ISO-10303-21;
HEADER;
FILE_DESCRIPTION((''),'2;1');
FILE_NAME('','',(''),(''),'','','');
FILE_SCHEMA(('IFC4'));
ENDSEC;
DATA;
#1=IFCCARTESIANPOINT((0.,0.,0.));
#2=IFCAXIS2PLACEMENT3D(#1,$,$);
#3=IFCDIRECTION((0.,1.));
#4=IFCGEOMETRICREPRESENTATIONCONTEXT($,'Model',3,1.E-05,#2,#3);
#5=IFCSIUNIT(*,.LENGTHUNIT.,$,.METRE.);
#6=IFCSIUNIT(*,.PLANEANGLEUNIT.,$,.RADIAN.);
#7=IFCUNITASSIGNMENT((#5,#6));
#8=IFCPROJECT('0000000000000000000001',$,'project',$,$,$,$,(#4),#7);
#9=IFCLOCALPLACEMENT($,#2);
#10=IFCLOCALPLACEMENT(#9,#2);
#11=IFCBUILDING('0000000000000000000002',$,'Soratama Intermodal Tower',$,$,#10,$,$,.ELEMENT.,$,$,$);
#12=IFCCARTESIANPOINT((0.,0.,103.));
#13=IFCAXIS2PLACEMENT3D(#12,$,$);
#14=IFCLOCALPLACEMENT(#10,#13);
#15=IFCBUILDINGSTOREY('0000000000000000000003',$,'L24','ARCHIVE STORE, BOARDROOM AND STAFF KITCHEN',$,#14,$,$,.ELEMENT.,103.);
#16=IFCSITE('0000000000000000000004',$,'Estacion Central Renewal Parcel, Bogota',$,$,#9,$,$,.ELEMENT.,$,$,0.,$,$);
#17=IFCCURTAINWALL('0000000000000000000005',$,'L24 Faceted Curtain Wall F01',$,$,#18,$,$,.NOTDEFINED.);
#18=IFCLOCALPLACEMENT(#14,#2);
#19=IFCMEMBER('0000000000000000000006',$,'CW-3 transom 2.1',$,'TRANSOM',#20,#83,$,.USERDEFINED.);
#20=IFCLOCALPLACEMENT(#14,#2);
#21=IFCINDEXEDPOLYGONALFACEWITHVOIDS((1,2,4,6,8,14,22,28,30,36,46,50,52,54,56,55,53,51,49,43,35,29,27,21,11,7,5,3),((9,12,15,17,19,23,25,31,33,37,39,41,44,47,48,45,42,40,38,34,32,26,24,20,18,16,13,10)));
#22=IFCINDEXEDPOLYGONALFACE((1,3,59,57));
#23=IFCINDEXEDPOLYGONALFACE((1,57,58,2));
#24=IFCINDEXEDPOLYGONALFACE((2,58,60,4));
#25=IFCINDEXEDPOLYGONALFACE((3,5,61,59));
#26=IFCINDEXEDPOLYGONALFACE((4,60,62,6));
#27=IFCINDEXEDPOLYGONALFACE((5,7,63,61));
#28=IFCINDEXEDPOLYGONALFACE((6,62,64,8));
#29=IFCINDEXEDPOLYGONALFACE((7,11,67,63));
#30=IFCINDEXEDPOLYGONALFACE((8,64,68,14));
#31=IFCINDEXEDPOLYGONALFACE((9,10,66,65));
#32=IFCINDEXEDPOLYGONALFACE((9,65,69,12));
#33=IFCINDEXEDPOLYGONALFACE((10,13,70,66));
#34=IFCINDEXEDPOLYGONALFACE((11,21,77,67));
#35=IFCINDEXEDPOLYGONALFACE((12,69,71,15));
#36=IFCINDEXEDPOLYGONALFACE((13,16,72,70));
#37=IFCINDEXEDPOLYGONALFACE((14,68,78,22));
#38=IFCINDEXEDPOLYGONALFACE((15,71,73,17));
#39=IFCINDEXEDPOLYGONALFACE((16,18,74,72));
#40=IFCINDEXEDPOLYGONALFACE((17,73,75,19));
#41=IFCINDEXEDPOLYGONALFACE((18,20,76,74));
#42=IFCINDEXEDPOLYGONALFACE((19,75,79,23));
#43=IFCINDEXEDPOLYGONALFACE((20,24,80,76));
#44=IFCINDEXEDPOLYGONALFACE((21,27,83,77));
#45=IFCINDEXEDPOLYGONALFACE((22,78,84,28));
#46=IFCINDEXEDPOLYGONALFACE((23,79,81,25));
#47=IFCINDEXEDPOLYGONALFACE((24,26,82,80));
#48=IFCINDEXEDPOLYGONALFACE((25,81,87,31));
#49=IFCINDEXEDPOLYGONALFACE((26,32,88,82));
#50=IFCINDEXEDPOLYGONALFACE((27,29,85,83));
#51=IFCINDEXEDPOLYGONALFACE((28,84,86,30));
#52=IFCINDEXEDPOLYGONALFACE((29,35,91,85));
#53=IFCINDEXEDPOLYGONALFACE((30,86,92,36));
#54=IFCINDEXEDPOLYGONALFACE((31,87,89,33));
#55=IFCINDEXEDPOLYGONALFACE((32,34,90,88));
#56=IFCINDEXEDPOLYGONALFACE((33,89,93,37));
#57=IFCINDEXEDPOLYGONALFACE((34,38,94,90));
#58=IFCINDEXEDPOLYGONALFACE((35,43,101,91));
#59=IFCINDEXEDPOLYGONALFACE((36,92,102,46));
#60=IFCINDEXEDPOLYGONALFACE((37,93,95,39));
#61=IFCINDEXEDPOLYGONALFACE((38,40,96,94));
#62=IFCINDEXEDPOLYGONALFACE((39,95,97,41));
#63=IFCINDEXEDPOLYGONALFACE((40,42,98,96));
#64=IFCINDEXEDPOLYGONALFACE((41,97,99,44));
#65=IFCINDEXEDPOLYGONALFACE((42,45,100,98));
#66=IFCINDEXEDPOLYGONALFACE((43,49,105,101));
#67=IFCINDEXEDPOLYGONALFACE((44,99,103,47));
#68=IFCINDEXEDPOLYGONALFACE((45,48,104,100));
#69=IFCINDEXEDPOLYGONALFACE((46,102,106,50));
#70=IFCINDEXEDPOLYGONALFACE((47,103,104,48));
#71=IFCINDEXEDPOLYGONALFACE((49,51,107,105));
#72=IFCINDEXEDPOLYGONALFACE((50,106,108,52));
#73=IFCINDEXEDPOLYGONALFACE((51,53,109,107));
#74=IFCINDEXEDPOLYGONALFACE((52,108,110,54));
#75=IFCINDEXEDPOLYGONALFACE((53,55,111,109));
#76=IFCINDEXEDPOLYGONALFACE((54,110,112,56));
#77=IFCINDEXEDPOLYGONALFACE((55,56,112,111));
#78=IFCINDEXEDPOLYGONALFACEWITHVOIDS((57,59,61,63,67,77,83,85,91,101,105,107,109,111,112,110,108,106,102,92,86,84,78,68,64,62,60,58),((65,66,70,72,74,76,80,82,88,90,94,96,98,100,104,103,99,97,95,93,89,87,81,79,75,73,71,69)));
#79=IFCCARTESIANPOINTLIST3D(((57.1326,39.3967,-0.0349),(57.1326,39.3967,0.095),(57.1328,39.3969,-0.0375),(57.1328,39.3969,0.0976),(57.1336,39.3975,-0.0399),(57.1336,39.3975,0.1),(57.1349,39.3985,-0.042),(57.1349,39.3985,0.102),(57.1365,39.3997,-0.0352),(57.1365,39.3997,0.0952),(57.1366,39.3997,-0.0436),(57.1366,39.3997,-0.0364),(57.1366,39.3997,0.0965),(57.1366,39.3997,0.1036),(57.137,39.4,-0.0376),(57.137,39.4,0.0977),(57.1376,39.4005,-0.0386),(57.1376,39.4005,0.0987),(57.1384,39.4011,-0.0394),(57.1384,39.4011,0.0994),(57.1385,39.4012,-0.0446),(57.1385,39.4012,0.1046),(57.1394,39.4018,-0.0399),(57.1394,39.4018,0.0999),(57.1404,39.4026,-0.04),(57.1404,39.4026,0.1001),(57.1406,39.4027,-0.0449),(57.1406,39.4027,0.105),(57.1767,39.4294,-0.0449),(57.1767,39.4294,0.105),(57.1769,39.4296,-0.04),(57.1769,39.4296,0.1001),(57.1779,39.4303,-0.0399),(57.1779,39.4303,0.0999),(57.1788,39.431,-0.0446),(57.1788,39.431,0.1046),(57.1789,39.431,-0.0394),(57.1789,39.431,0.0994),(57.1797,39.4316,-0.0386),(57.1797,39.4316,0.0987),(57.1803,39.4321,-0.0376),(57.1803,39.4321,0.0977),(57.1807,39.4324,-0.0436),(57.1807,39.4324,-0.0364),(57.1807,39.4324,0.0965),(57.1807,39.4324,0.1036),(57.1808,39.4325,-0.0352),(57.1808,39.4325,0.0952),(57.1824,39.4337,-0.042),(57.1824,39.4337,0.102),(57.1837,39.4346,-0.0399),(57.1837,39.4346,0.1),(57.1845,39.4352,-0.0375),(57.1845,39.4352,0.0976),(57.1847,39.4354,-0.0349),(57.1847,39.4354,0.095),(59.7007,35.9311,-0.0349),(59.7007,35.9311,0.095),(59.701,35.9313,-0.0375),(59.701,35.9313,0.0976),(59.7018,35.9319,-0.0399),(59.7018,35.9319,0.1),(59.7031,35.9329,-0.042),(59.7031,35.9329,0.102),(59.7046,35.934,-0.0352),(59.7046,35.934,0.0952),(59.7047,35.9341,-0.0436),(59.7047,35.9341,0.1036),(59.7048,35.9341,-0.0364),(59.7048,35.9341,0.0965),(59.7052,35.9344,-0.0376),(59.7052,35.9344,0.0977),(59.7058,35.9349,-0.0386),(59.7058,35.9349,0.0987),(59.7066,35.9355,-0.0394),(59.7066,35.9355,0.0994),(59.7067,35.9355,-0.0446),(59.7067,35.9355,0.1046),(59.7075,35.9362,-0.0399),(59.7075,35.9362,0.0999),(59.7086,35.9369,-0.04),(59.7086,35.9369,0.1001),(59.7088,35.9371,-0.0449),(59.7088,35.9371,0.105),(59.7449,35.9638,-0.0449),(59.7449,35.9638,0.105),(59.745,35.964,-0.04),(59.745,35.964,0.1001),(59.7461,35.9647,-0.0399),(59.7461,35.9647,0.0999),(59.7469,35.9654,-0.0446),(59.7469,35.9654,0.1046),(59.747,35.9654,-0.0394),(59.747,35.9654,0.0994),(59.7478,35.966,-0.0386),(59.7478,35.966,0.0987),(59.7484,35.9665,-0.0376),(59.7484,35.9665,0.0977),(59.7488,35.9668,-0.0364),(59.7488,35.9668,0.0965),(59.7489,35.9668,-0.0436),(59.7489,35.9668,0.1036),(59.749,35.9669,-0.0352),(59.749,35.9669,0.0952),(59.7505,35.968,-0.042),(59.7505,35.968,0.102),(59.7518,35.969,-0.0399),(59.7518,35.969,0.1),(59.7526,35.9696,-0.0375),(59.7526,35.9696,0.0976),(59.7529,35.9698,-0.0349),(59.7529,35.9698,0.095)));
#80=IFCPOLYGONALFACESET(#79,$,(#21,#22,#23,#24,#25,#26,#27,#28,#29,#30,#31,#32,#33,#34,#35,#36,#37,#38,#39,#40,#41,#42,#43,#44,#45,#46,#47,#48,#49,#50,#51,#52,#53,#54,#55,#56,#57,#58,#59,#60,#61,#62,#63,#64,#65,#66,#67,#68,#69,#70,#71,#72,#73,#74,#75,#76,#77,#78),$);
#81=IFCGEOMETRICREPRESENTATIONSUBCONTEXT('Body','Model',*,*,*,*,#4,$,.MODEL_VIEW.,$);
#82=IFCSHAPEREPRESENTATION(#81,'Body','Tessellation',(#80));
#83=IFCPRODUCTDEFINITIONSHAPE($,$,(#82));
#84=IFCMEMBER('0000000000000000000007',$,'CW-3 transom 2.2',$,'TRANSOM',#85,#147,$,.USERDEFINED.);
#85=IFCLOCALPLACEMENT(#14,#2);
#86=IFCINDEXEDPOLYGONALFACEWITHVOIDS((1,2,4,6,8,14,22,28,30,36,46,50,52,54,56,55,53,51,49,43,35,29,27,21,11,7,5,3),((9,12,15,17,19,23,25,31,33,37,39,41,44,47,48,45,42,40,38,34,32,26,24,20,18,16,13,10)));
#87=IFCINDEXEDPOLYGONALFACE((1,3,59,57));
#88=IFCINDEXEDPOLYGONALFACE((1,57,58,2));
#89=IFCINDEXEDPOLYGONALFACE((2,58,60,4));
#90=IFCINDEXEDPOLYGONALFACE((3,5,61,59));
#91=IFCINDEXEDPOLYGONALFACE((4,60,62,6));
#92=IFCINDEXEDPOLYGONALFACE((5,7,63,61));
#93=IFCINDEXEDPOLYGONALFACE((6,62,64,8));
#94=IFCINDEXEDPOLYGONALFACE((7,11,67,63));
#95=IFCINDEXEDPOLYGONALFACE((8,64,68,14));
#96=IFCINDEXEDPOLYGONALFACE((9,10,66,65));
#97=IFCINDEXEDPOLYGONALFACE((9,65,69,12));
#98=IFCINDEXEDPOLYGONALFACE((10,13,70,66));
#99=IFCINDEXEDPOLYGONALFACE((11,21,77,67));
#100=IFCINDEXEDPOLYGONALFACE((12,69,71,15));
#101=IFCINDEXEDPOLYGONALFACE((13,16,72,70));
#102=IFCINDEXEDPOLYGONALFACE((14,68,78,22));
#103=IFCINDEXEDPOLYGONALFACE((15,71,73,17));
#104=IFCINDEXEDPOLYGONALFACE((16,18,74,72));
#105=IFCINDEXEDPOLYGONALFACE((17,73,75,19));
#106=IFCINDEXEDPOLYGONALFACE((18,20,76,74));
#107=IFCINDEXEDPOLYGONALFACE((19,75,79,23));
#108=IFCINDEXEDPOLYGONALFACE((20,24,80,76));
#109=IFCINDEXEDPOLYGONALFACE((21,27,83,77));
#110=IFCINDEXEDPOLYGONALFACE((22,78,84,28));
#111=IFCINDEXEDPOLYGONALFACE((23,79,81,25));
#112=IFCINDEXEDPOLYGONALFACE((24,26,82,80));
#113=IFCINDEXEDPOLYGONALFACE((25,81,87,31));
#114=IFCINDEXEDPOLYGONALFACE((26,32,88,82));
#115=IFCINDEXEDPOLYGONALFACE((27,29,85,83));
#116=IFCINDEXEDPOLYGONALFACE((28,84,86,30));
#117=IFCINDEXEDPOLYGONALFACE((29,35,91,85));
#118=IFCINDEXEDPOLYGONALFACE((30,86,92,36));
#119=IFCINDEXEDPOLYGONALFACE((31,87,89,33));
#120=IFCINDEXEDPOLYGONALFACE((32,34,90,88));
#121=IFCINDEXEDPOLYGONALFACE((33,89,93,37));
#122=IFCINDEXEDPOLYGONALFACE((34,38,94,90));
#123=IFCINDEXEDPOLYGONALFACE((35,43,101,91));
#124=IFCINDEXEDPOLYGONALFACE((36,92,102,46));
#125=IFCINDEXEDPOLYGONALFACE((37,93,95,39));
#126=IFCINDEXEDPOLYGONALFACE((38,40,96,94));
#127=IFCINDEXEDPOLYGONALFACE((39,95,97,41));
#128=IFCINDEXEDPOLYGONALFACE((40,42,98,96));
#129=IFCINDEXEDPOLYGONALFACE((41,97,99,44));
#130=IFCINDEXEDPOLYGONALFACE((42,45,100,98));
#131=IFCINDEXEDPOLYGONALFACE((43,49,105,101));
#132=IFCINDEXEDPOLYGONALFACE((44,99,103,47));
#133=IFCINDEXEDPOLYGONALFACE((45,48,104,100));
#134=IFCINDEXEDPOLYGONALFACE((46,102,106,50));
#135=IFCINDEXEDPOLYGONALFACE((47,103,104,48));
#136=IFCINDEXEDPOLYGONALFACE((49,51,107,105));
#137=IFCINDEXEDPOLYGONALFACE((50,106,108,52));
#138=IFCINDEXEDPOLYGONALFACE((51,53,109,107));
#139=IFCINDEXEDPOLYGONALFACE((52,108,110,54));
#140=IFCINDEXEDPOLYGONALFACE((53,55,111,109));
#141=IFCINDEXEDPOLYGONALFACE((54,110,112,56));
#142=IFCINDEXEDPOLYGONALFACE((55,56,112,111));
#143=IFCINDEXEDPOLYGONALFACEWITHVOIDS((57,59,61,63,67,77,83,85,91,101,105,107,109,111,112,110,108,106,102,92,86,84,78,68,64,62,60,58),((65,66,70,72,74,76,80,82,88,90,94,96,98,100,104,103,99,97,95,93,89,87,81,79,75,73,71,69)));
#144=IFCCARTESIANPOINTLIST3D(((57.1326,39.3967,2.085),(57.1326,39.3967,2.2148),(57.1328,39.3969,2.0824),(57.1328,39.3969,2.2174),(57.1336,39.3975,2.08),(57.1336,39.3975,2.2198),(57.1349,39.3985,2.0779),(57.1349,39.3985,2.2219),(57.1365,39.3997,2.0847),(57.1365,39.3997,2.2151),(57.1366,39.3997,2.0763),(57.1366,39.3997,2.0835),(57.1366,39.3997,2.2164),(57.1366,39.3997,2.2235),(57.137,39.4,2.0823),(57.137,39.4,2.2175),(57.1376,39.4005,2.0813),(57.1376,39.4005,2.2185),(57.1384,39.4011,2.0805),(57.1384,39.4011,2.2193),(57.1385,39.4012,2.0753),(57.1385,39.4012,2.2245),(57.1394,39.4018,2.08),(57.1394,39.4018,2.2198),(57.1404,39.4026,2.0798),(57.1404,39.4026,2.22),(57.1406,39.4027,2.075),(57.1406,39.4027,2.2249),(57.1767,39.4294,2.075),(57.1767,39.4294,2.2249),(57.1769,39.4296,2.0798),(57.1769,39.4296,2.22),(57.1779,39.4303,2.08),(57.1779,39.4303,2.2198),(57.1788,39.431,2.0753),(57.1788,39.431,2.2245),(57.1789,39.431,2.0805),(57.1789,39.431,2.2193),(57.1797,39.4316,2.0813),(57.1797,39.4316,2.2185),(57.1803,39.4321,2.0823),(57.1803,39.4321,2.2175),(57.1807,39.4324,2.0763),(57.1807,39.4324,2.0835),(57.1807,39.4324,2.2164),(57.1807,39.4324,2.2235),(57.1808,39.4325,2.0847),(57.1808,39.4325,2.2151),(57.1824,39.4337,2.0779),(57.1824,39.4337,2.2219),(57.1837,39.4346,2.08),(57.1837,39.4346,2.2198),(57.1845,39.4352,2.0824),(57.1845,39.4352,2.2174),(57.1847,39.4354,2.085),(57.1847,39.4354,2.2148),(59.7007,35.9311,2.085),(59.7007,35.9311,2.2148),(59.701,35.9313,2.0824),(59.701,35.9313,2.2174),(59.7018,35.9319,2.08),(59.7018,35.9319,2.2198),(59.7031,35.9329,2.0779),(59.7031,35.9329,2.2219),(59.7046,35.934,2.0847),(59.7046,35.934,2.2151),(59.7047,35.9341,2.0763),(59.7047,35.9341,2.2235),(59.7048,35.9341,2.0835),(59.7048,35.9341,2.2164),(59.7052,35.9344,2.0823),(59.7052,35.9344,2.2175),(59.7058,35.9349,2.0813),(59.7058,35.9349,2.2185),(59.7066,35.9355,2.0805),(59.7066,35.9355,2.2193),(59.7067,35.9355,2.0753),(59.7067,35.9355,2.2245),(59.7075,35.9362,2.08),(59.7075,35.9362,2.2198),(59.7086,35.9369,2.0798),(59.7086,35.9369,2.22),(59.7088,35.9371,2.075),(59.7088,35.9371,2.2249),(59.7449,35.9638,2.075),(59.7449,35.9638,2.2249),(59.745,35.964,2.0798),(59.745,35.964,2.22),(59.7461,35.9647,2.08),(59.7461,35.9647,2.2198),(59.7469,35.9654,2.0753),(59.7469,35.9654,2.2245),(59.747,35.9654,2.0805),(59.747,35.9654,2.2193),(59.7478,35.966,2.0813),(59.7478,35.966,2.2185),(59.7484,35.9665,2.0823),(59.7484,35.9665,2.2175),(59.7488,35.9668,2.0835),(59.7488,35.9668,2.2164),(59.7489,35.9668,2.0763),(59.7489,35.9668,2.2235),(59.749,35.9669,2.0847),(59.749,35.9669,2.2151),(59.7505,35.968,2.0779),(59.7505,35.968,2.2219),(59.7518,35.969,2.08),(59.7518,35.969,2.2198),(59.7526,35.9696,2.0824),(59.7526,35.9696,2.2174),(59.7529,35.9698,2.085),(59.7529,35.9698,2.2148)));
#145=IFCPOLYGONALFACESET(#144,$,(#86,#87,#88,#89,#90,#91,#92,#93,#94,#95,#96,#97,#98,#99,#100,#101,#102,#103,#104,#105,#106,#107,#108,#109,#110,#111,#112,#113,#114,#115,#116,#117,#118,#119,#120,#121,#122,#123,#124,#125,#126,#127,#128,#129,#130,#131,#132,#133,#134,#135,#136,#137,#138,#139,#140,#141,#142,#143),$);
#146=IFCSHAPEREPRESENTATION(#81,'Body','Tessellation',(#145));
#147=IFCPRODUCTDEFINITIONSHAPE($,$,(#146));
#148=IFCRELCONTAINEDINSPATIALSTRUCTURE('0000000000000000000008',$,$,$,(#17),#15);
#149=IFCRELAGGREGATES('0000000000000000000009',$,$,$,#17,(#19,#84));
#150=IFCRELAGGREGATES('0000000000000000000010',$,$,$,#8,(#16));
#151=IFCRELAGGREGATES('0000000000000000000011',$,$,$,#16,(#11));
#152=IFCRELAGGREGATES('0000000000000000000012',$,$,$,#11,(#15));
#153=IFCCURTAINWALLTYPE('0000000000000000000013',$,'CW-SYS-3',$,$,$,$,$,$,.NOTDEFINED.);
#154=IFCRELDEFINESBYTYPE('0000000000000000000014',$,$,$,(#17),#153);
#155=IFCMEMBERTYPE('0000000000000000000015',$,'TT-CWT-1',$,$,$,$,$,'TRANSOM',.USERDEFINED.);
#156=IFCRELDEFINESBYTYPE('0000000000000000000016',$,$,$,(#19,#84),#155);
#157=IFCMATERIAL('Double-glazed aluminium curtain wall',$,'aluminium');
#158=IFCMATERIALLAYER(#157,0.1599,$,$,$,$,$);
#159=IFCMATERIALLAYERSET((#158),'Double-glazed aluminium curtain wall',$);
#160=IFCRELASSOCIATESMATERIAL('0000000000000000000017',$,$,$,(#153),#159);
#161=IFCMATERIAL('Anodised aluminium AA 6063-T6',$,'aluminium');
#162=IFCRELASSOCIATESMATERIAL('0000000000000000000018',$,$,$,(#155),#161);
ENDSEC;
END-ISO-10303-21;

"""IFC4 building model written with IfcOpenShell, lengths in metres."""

from ifc_helpers import new_model, si_unit, direction, frame, origin, origin_2d, place, context, subcontext, project, spatial, hollow_rectangle, extrude, material, layer, layer_set, material_profile, profile_set, type_object, element, aggregate, save


model = new_model("IFC4")

# Units and contexts
model_context = context("Model", 3, precision=1e-05, world=origin(), true_north=direction((0.0, 1.0)))
body_context = subcontext(model_context, "Body", "Model", "MODEL_VIEW")
ifc_project = project(units=[si_unit("LENGTHUNIT", "METRE"), si_unit("PLANEANGLEUNIT", "RADIAN")], contexts=[model_context])

# Site, building, storey
site_placement = place(None, origin())
site = spatial("IfcSite", under=ifc_project, at=site_placement, Name="Estacion Central Renewal Parcel, Bogota", CompositionType="ELEMENT", RefElevation=0.0)
building_placement = place(site_placement, origin())
building = spatial("IfcBuilding", under=site, at=building_placement, Name="Soratama Intermodal Tower", CompositionType="ELEMENT")
storey_placement = place(building_placement, frame((0.0, 0.0, 103.0)))
storey = spatial("IfcBuildingStorey", under=building, at=storey_placement, Name="L24", Description="ARCHIVE STORE, BOARDROOM AND STAFF KITCHEN", CompositionType="ELEMENT", Elevation=103.0)

# Curtain wall, members
ifc_material_1 = material(Name="Double-glazed aluminium curtain wall", Category="aluminium")
ifc_layer_1 = layer(ifc_material_1, 0.1599)
ifc_layer_set_1 = layer_set([ifc_layer_1], Name="Double-glazed aluminium curtain wall")
curtain_wall_type = type_object("IfcCurtainWallType", Name="CW-SYS-3", PredefinedType="NOTDEFINED", material=ifc_layer_set_1)
curtain_wall_placement = place(storey_placement, origin())
curtain_wall = element("IfcCurtainWall", 1, at=curtain_wall_placement, inside=storey, type_object=curtain_wall_type, Name="L24 Faceted Curtain Wall F01", PredefinedType="NOTDEFINED")
ifc_material_2 = material(Name="Anodised aluminium AA 6063-T6", Category="aluminium")
ifc_material_profile_1 = material_profile(ifc_material_2, hollow_rectangle(XDim=0.0649, YDim=0.1499, WallThickness=0.0049, InnerFilletRadius=0.0049, OuterFilletRadius=0.01, at=origin_2d()), Name="CWT150X65X5")
ifc_profile_set_1 = profile_set([ifc_material_profile_1], Name="Anodised aluminium AA 6063-T6")
member_type_1 = type_object("IfcMemberType", Name="TT-CWT-1", ElementType="TRANSOM", PredefinedType="USERDEFINED", material=ifc_profile_set_1)
member_1_placement = place(storey_placement, frame((59.7268, 35.9504, 0.03), z_axis=(-0.59538, 0.803444, 0.0), x_axis=(-0.803444, -0.59538, 0.0)))
member_1 = element("IfcMember", 2, at=member_1_placement, type_object=member_type_1, Name="CW-3 transom 2.1", ObjectType="TRANSOM", PredefinedType="USERDEFINED", context=body_context, shape_type="SweptSolid", body=[
    extrude(hollow_rectangle(XDim=0.0649, YDim=0.1499, WallThickness=0.0049, InnerFilletRadius=0.0049, OuterFilletRadius=0.01, at=origin_2d()), origin(), (0.0, 0.0, 1.0), 4.3135),
])
member_2_placement = place(storey_placement, frame((59.7268, 35.9504, 2.1499), z_axis=(-0.59538, 0.803444, 0.0), x_axis=(-0.803444, -0.59538, 0.0)))
member_2 = element("IfcMember", 3, at=member_2_placement, type_object=member_type_1, Name="CW-3 transom 2.2", ObjectType="TRANSOM", PredefinedType="USERDEFINED", context=body_context, shape_type="SweptSolid", body=[
    extrude(hollow_rectangle(XDim=0.0649, YDim=0.1499, WallThickness=0.0049, InnerFilletRadius=0.0049, OuterFilletRadius=0.01, at=origin_2d()), origin(), (0.0, 0.0, 1.0), 4.3135),
])
aggregate(curtain_wall, [member_1, member_2])

save(model, "model.ifc")
